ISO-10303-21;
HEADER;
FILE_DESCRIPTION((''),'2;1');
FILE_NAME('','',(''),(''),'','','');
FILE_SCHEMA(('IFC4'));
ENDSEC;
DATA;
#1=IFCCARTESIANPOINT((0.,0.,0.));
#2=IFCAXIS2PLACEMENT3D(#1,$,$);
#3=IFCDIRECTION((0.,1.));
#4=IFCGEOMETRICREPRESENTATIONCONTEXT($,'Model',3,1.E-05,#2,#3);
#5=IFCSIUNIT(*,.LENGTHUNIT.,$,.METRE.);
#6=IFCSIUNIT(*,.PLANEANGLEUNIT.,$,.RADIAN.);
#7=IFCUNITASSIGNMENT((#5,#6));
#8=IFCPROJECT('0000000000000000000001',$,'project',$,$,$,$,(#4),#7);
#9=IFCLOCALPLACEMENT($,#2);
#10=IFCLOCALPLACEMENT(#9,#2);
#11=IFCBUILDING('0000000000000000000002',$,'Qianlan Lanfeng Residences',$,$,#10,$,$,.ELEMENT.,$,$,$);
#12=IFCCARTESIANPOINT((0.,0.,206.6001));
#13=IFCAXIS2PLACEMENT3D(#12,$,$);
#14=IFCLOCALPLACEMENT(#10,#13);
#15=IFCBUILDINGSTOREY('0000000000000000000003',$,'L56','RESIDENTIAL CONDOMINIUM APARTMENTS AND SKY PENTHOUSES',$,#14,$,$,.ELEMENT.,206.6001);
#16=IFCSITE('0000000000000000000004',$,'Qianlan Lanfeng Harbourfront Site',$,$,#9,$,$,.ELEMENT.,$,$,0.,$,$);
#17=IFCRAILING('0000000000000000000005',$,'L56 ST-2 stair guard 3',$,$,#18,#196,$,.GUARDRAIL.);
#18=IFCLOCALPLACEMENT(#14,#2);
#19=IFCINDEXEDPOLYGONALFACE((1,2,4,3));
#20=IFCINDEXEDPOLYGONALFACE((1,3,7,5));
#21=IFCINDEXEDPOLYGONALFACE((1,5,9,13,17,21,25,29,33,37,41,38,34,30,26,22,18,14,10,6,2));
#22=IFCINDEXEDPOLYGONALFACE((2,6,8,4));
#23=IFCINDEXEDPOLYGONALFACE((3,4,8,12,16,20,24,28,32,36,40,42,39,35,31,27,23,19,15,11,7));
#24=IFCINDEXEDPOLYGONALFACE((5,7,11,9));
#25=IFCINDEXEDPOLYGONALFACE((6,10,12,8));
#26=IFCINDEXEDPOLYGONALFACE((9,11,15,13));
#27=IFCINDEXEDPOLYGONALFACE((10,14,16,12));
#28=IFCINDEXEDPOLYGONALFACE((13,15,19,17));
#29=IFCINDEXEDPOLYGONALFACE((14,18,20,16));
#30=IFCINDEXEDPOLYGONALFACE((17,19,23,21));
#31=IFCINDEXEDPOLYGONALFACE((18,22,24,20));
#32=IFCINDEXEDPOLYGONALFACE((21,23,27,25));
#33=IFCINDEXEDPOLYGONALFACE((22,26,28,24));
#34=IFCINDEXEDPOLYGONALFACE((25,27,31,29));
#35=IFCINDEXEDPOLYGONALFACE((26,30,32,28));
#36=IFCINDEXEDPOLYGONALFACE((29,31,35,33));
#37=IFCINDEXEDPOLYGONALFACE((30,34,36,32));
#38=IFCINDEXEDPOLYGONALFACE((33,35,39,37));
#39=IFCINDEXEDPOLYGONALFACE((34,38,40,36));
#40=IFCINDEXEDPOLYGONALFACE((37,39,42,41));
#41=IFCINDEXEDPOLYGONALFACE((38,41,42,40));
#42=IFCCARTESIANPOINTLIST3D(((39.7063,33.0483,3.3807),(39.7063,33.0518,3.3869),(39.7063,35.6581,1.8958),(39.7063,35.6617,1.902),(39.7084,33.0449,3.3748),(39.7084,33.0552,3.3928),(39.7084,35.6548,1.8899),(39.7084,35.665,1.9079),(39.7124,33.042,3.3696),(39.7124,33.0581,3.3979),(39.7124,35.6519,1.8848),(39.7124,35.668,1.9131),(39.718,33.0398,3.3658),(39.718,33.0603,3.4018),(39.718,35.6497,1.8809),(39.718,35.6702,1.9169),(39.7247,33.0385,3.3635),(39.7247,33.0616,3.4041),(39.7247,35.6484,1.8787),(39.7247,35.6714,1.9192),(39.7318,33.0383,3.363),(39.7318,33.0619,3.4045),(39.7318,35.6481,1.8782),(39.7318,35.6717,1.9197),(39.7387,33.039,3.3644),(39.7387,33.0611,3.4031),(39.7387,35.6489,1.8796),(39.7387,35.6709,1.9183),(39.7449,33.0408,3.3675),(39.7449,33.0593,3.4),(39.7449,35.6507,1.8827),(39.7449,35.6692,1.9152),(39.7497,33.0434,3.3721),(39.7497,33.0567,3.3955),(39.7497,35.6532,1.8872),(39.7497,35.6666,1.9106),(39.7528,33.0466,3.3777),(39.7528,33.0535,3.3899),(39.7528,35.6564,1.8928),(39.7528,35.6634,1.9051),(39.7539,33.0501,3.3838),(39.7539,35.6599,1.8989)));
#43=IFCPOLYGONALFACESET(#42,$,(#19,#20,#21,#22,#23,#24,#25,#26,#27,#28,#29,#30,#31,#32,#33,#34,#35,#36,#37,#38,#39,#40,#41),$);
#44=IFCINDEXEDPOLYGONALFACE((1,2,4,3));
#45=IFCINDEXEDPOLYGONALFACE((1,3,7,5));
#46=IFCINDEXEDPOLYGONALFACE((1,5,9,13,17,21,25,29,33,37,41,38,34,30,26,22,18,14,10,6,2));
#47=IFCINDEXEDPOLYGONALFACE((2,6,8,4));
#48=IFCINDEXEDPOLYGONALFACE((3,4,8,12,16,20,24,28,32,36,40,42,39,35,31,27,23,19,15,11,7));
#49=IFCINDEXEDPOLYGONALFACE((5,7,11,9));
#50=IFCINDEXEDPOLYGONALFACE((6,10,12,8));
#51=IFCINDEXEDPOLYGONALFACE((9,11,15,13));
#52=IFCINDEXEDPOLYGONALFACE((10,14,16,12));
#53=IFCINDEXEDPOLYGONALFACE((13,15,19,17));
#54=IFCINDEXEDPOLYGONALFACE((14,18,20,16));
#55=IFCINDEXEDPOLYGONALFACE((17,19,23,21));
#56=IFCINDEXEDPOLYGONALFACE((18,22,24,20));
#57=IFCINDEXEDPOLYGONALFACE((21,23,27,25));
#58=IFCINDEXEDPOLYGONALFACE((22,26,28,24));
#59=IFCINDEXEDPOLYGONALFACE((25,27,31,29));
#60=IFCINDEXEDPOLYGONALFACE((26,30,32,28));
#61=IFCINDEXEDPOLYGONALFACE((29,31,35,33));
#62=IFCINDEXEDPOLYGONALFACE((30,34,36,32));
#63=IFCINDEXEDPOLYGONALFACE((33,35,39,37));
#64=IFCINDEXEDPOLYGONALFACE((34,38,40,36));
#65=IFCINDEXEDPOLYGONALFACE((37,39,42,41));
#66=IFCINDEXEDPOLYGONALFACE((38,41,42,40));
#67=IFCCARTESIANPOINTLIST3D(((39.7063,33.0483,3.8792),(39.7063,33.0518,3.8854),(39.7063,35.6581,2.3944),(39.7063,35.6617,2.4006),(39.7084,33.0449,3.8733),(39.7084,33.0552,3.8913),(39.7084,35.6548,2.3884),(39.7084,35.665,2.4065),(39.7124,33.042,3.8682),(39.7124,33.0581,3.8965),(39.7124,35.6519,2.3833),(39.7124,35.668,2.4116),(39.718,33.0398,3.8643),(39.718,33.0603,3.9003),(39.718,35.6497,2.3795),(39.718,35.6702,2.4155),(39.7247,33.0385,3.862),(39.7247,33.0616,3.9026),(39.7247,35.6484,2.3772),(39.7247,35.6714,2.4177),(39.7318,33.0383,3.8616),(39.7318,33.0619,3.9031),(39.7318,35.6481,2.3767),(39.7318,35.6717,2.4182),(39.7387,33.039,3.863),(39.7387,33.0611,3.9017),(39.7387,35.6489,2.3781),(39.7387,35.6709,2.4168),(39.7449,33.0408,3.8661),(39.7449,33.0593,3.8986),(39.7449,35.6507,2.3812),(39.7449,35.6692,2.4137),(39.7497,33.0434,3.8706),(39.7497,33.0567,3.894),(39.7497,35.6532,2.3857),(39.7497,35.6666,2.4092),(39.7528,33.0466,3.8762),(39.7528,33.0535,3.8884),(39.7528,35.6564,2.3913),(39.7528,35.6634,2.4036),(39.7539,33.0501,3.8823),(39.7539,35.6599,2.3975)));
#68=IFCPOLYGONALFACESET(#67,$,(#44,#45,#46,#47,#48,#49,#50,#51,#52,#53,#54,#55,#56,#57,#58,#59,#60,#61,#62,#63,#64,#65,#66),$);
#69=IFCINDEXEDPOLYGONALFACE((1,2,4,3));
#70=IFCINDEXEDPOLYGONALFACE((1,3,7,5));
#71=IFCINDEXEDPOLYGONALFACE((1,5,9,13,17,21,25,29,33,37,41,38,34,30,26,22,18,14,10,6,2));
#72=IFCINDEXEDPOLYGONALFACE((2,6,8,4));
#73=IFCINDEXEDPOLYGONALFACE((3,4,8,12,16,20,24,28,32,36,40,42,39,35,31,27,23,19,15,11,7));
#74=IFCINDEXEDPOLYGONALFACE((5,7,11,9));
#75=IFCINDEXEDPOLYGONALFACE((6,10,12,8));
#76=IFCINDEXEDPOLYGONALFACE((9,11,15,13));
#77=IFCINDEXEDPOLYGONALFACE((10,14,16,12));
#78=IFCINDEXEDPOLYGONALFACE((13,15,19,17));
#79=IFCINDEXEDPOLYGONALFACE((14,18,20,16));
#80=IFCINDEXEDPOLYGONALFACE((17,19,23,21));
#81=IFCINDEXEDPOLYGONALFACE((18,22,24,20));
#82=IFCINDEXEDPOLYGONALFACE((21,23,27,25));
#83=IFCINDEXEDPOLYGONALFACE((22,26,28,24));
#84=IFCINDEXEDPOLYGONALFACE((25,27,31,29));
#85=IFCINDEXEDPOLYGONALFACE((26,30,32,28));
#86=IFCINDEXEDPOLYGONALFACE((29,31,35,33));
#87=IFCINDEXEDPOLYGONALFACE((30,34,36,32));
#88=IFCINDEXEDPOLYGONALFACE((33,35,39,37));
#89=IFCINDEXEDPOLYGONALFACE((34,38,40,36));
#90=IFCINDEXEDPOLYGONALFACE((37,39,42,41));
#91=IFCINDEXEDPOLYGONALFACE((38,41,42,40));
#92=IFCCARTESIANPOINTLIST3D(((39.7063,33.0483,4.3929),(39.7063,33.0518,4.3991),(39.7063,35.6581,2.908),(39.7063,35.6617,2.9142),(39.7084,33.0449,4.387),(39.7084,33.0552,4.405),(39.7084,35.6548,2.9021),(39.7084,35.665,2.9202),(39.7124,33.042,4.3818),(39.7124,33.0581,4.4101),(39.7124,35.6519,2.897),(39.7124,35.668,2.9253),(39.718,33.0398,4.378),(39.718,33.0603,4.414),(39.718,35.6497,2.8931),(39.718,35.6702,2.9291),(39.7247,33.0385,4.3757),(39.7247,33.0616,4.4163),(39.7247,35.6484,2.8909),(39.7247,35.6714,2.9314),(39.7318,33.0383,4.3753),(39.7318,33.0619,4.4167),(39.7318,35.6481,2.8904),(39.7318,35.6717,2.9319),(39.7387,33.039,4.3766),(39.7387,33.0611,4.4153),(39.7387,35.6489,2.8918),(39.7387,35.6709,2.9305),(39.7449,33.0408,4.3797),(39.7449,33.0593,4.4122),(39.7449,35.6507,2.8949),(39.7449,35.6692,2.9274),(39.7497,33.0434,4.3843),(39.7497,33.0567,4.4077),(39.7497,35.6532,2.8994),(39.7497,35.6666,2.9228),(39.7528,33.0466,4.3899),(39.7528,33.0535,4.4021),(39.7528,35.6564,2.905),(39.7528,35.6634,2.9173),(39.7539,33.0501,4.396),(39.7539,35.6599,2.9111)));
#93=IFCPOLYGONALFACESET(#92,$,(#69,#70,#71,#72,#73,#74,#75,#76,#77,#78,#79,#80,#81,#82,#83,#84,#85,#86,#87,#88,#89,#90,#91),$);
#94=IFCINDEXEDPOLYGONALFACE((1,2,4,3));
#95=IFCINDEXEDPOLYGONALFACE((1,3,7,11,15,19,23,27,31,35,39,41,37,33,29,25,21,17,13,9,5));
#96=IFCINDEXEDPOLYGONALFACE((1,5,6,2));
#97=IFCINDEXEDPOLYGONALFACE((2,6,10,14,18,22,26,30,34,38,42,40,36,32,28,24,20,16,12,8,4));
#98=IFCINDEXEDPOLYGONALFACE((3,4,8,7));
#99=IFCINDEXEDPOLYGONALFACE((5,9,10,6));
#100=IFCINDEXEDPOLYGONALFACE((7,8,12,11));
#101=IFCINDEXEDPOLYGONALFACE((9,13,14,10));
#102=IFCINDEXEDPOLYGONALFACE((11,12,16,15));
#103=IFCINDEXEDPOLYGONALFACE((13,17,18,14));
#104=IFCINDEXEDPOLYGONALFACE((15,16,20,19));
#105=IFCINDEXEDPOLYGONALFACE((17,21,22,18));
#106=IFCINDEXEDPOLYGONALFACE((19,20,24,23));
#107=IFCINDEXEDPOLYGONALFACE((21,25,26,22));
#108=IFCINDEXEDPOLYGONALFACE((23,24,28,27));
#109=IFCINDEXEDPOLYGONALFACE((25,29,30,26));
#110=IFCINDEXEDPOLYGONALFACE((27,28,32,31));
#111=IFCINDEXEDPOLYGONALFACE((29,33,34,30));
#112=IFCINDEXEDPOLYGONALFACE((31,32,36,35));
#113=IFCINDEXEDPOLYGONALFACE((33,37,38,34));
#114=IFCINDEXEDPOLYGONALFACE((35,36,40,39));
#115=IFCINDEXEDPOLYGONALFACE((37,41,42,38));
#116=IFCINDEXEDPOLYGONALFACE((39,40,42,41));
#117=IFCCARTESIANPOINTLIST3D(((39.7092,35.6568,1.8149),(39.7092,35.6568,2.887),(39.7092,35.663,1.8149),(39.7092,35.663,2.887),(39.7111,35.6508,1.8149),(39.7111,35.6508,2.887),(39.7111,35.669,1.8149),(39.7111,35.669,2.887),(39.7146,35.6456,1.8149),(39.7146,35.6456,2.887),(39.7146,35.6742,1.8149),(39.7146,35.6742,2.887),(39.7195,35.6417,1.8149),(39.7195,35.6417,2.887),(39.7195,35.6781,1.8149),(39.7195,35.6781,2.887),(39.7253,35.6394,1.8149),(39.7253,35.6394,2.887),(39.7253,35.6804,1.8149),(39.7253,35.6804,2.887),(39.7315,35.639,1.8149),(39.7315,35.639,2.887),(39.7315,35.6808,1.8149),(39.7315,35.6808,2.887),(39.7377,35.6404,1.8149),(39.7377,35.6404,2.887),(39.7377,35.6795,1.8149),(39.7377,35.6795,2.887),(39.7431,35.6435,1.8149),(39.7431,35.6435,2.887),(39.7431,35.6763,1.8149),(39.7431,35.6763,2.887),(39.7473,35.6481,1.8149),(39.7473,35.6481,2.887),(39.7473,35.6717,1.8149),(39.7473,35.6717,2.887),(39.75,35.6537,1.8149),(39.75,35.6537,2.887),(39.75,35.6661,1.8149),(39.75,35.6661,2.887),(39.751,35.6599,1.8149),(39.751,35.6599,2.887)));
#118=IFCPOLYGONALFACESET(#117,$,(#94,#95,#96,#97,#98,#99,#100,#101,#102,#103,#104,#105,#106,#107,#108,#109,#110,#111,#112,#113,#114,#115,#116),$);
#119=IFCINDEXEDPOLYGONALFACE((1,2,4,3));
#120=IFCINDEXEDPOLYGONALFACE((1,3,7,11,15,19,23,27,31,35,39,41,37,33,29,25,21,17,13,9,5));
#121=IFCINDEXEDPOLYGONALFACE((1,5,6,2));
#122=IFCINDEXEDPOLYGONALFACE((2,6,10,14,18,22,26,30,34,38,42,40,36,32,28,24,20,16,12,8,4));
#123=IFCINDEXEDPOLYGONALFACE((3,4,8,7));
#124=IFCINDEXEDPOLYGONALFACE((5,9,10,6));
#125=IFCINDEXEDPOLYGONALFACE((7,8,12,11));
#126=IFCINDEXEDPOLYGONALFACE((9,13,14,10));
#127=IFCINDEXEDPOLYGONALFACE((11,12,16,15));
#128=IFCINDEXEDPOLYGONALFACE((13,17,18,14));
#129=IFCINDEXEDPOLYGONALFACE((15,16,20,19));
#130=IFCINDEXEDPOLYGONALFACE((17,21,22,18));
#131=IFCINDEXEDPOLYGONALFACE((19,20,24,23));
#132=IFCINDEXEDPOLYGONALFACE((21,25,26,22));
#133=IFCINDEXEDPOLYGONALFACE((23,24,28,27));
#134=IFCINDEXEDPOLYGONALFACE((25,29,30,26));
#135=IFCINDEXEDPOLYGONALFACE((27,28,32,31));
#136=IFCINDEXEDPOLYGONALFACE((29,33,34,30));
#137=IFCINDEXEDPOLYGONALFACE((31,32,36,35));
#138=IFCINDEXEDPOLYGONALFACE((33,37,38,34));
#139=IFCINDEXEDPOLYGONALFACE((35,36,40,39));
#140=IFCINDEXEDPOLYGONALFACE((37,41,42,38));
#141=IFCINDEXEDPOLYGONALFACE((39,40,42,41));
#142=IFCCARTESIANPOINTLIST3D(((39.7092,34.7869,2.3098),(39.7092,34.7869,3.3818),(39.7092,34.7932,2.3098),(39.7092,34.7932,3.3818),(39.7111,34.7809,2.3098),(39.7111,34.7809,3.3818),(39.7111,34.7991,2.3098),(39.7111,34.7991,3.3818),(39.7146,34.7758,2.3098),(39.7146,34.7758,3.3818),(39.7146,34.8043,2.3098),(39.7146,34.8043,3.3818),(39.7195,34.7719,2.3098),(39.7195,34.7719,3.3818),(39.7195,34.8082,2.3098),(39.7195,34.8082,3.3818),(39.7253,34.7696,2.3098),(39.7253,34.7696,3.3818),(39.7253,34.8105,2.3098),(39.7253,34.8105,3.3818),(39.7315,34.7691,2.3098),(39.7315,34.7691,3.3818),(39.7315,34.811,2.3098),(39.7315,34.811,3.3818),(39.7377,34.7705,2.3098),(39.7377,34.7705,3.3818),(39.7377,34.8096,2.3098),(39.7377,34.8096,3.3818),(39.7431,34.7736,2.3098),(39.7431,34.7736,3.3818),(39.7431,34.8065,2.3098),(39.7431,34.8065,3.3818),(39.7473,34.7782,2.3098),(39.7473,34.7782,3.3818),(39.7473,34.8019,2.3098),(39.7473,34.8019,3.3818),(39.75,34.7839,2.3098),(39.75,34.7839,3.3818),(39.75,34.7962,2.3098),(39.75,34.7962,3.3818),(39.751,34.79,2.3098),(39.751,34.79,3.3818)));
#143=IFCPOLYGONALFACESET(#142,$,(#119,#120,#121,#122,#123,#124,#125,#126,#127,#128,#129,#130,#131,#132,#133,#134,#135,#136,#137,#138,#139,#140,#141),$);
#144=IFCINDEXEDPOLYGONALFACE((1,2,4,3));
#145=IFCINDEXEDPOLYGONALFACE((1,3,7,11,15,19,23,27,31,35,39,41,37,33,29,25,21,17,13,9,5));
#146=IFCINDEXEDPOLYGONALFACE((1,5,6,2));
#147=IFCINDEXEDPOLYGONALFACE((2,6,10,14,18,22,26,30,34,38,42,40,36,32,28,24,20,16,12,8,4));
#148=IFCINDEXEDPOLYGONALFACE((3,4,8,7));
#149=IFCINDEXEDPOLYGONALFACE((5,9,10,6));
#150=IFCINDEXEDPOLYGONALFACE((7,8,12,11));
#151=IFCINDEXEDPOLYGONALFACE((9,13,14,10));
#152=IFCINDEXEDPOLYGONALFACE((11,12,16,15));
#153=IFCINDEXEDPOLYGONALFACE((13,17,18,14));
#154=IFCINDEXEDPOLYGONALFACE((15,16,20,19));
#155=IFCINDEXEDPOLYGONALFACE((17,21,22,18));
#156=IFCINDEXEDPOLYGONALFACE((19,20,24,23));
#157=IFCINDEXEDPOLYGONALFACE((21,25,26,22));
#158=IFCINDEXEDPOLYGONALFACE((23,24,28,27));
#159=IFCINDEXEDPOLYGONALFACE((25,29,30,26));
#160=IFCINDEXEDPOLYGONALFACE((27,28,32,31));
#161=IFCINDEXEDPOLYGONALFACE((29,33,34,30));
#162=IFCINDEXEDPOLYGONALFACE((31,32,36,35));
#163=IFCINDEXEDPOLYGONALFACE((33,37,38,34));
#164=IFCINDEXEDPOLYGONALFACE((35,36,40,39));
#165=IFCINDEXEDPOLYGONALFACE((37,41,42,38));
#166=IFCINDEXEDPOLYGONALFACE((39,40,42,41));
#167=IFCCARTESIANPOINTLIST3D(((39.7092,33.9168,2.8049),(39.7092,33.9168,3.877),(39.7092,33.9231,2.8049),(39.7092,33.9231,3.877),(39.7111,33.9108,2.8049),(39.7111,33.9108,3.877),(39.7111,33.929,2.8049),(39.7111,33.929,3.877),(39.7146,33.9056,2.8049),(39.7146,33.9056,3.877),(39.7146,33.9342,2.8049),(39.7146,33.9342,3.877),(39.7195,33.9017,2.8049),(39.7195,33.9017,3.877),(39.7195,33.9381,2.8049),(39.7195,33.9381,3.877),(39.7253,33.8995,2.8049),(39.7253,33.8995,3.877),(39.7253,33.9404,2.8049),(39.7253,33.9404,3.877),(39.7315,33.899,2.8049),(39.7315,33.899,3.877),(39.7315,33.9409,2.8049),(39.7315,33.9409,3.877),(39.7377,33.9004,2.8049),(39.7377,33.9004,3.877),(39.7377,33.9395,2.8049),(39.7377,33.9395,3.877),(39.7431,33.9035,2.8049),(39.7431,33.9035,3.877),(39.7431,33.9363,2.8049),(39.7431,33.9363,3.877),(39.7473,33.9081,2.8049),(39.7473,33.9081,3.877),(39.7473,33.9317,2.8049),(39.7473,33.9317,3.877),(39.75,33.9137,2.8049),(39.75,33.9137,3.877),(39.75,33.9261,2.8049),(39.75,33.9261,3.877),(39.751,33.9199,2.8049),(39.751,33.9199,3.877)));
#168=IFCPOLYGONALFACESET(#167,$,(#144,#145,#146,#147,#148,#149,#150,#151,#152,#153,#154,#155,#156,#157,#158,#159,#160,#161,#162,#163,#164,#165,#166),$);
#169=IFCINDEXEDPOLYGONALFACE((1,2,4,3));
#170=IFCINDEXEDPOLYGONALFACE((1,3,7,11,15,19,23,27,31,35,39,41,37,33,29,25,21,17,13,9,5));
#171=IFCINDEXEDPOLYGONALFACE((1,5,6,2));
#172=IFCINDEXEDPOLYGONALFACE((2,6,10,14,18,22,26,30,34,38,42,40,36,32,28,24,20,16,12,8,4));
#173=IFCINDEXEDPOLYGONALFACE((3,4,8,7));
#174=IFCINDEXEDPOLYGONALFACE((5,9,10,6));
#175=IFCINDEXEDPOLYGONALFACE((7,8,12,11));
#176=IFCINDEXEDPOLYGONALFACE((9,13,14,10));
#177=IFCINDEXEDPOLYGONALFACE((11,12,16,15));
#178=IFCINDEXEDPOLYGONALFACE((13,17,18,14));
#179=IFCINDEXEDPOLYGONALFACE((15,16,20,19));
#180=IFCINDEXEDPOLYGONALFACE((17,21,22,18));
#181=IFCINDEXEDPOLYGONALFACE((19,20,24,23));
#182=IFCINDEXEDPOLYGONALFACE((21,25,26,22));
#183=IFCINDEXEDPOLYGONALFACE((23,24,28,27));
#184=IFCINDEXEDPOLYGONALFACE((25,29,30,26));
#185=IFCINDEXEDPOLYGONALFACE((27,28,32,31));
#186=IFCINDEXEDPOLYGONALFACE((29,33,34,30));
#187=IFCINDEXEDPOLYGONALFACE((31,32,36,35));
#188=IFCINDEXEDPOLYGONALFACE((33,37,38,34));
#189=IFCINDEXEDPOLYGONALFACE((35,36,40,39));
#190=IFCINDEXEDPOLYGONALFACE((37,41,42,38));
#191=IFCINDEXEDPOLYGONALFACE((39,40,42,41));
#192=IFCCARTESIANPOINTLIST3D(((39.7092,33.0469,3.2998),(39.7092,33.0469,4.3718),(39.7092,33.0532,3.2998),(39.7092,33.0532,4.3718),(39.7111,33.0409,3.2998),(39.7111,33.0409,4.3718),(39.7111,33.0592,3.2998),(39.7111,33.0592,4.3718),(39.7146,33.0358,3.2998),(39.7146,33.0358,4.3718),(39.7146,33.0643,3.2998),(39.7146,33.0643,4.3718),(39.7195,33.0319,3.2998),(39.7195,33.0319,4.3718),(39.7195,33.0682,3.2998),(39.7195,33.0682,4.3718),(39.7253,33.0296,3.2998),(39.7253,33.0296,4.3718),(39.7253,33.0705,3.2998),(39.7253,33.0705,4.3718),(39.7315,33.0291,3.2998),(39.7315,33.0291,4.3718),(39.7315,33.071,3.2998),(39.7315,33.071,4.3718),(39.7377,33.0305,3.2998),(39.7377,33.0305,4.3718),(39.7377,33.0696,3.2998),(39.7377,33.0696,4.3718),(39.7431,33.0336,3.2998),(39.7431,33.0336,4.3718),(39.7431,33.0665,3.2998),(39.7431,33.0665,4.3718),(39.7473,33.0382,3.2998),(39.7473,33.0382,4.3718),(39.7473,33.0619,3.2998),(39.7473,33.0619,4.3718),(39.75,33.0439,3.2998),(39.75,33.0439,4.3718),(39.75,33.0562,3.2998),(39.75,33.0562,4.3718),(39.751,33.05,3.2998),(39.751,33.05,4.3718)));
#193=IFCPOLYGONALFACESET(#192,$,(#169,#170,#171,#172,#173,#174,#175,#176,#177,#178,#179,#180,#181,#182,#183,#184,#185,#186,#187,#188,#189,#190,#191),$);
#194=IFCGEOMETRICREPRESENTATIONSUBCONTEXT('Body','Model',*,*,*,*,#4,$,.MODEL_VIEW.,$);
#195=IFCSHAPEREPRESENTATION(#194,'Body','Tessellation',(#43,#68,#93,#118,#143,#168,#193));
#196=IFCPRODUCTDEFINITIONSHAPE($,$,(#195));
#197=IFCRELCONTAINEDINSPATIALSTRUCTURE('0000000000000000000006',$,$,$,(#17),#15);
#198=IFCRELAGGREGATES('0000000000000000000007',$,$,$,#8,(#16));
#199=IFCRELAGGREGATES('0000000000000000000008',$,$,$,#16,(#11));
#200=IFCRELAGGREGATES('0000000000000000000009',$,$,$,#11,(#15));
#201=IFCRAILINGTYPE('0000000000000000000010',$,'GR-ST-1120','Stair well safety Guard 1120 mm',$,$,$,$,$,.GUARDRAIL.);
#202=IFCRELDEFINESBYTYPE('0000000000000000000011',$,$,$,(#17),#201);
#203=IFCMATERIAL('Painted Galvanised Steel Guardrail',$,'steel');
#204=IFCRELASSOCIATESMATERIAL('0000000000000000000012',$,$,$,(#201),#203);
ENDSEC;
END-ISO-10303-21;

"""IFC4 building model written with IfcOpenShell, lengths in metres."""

from ifc_helpers import new_model, si_unit, direction, frame, origin, origin_2d, place, context, subcontext, project, spatial, circle, extrude, material, type_object, element, save


model = new_model("IFC4")

# Units and contexts
model_context = context("Model", 3, precision=1e-05, world=origin(), true_north=direction((0.0, 1.0)))
body_context = subcontext(model_context, "Body", "Model", "MODEL_VIEW")
ifc_project = project(units=[si_unit("LENGTHUNIT", "METRE"), si_unit("PLANEANGLEUNIT", "RADIAN")], contexts=[model_context])

# Site, building, storey
site_placement = place(None, origin())
site = spatial("IfcSite", under=ifc_project, at=site_placement, Name="Qianlan Lanfeng Harbourfront Site", CompositionType="ELEMENT", RefElevation=0.0)
building_placement = place(site_placement, origin())
building = spatial("IfcBuilding", under=site, at=building_placement, Name="Qianlan Lanfeng Residences", CompositionType="ELEMENT")
storey_placement = place(building_placement, frame((0.0, 0.0, 206.6001)))
storey = spatial("IfcBuildingStorey", under=building, at=storey_placement, Name="L56", Description="RESIDENTIAL CONDOMINIUM APARTMENTS AND SKY PENTHOUSES", CompositionType="ELEMENT", Elevation=206.6001)

# Railing
ifc_material_1 = material(Name="Painted Galvanised Steel Guardrail", Category="steel")
railing_type_1 = type_object("IfcRailingType", Name="GR-ST-1120", Description="Stair well safety Guard 1120 mm", PredefinedType="GUARDRAIL", material=ifc_material_1)
railing_1_placement = place(storey_placement, frame((39.73, 35.6599, 1.8149)))
element("IfcRailing", 1, at=railing_1_placement, inside=storey, type_object=railing_type_1, Name="L56 ST-2 stair guard 3", PredefinedType="GUARDRAIL", context=body_context, shape_type="SweptSolid", body=[
    extrude(circle(Radius=0.0239, at=origin_2d()), frame((0.0, 0.0, 0.084), z_axis=(0.0, -0.869172, 0.494509), x_axis=(1.0, 0.0, 0.0)), (0.0, 0.0, 1.0), 3.0027),
    extrude(circle(Radius=0.0239, at=origin_2d()), frame((0.0, 0.0, 0.5825), z_axis=(0.0, -0.869172, 0.494509), x_axis=(1.0, 0.0, 0.0)), (0.0, 0.0, 1.0), 3.0027),
    extrude(circle(Radius=0.0239, at=origin_2d()), frame((0.0, 0.0, 1.0962), z_axis=(0.0, -0.869172, 0.494509), x_axis=(1.0, 0.0, 0.0)), (0.0, 0.0, 1.0), 3.0027),
    extrude(circle(Radius=0.021, at=origin_2d()), origin(), (0.0, 0.0, 1.0), 1.072),
    extrude(circle(Radius=0.021, at=origin_2d()), frame((0.0, -0.8699, 0.4949)), (0.0, 0.0, 1.0), 1.072),
    extrude(circle(Radius=0.021, at=origin_2d()), frame((0.0, -1.74, 0.99)), (0.0, 0.0, 1.0), 1.072),
    extrude(circle(Radius=0.021, at=origin_2d()), frame((0.0, -2.6099, 1.4849)), (0.0, 0.0, 1.0), 1.072),
])

save(model, "model.ifc")
